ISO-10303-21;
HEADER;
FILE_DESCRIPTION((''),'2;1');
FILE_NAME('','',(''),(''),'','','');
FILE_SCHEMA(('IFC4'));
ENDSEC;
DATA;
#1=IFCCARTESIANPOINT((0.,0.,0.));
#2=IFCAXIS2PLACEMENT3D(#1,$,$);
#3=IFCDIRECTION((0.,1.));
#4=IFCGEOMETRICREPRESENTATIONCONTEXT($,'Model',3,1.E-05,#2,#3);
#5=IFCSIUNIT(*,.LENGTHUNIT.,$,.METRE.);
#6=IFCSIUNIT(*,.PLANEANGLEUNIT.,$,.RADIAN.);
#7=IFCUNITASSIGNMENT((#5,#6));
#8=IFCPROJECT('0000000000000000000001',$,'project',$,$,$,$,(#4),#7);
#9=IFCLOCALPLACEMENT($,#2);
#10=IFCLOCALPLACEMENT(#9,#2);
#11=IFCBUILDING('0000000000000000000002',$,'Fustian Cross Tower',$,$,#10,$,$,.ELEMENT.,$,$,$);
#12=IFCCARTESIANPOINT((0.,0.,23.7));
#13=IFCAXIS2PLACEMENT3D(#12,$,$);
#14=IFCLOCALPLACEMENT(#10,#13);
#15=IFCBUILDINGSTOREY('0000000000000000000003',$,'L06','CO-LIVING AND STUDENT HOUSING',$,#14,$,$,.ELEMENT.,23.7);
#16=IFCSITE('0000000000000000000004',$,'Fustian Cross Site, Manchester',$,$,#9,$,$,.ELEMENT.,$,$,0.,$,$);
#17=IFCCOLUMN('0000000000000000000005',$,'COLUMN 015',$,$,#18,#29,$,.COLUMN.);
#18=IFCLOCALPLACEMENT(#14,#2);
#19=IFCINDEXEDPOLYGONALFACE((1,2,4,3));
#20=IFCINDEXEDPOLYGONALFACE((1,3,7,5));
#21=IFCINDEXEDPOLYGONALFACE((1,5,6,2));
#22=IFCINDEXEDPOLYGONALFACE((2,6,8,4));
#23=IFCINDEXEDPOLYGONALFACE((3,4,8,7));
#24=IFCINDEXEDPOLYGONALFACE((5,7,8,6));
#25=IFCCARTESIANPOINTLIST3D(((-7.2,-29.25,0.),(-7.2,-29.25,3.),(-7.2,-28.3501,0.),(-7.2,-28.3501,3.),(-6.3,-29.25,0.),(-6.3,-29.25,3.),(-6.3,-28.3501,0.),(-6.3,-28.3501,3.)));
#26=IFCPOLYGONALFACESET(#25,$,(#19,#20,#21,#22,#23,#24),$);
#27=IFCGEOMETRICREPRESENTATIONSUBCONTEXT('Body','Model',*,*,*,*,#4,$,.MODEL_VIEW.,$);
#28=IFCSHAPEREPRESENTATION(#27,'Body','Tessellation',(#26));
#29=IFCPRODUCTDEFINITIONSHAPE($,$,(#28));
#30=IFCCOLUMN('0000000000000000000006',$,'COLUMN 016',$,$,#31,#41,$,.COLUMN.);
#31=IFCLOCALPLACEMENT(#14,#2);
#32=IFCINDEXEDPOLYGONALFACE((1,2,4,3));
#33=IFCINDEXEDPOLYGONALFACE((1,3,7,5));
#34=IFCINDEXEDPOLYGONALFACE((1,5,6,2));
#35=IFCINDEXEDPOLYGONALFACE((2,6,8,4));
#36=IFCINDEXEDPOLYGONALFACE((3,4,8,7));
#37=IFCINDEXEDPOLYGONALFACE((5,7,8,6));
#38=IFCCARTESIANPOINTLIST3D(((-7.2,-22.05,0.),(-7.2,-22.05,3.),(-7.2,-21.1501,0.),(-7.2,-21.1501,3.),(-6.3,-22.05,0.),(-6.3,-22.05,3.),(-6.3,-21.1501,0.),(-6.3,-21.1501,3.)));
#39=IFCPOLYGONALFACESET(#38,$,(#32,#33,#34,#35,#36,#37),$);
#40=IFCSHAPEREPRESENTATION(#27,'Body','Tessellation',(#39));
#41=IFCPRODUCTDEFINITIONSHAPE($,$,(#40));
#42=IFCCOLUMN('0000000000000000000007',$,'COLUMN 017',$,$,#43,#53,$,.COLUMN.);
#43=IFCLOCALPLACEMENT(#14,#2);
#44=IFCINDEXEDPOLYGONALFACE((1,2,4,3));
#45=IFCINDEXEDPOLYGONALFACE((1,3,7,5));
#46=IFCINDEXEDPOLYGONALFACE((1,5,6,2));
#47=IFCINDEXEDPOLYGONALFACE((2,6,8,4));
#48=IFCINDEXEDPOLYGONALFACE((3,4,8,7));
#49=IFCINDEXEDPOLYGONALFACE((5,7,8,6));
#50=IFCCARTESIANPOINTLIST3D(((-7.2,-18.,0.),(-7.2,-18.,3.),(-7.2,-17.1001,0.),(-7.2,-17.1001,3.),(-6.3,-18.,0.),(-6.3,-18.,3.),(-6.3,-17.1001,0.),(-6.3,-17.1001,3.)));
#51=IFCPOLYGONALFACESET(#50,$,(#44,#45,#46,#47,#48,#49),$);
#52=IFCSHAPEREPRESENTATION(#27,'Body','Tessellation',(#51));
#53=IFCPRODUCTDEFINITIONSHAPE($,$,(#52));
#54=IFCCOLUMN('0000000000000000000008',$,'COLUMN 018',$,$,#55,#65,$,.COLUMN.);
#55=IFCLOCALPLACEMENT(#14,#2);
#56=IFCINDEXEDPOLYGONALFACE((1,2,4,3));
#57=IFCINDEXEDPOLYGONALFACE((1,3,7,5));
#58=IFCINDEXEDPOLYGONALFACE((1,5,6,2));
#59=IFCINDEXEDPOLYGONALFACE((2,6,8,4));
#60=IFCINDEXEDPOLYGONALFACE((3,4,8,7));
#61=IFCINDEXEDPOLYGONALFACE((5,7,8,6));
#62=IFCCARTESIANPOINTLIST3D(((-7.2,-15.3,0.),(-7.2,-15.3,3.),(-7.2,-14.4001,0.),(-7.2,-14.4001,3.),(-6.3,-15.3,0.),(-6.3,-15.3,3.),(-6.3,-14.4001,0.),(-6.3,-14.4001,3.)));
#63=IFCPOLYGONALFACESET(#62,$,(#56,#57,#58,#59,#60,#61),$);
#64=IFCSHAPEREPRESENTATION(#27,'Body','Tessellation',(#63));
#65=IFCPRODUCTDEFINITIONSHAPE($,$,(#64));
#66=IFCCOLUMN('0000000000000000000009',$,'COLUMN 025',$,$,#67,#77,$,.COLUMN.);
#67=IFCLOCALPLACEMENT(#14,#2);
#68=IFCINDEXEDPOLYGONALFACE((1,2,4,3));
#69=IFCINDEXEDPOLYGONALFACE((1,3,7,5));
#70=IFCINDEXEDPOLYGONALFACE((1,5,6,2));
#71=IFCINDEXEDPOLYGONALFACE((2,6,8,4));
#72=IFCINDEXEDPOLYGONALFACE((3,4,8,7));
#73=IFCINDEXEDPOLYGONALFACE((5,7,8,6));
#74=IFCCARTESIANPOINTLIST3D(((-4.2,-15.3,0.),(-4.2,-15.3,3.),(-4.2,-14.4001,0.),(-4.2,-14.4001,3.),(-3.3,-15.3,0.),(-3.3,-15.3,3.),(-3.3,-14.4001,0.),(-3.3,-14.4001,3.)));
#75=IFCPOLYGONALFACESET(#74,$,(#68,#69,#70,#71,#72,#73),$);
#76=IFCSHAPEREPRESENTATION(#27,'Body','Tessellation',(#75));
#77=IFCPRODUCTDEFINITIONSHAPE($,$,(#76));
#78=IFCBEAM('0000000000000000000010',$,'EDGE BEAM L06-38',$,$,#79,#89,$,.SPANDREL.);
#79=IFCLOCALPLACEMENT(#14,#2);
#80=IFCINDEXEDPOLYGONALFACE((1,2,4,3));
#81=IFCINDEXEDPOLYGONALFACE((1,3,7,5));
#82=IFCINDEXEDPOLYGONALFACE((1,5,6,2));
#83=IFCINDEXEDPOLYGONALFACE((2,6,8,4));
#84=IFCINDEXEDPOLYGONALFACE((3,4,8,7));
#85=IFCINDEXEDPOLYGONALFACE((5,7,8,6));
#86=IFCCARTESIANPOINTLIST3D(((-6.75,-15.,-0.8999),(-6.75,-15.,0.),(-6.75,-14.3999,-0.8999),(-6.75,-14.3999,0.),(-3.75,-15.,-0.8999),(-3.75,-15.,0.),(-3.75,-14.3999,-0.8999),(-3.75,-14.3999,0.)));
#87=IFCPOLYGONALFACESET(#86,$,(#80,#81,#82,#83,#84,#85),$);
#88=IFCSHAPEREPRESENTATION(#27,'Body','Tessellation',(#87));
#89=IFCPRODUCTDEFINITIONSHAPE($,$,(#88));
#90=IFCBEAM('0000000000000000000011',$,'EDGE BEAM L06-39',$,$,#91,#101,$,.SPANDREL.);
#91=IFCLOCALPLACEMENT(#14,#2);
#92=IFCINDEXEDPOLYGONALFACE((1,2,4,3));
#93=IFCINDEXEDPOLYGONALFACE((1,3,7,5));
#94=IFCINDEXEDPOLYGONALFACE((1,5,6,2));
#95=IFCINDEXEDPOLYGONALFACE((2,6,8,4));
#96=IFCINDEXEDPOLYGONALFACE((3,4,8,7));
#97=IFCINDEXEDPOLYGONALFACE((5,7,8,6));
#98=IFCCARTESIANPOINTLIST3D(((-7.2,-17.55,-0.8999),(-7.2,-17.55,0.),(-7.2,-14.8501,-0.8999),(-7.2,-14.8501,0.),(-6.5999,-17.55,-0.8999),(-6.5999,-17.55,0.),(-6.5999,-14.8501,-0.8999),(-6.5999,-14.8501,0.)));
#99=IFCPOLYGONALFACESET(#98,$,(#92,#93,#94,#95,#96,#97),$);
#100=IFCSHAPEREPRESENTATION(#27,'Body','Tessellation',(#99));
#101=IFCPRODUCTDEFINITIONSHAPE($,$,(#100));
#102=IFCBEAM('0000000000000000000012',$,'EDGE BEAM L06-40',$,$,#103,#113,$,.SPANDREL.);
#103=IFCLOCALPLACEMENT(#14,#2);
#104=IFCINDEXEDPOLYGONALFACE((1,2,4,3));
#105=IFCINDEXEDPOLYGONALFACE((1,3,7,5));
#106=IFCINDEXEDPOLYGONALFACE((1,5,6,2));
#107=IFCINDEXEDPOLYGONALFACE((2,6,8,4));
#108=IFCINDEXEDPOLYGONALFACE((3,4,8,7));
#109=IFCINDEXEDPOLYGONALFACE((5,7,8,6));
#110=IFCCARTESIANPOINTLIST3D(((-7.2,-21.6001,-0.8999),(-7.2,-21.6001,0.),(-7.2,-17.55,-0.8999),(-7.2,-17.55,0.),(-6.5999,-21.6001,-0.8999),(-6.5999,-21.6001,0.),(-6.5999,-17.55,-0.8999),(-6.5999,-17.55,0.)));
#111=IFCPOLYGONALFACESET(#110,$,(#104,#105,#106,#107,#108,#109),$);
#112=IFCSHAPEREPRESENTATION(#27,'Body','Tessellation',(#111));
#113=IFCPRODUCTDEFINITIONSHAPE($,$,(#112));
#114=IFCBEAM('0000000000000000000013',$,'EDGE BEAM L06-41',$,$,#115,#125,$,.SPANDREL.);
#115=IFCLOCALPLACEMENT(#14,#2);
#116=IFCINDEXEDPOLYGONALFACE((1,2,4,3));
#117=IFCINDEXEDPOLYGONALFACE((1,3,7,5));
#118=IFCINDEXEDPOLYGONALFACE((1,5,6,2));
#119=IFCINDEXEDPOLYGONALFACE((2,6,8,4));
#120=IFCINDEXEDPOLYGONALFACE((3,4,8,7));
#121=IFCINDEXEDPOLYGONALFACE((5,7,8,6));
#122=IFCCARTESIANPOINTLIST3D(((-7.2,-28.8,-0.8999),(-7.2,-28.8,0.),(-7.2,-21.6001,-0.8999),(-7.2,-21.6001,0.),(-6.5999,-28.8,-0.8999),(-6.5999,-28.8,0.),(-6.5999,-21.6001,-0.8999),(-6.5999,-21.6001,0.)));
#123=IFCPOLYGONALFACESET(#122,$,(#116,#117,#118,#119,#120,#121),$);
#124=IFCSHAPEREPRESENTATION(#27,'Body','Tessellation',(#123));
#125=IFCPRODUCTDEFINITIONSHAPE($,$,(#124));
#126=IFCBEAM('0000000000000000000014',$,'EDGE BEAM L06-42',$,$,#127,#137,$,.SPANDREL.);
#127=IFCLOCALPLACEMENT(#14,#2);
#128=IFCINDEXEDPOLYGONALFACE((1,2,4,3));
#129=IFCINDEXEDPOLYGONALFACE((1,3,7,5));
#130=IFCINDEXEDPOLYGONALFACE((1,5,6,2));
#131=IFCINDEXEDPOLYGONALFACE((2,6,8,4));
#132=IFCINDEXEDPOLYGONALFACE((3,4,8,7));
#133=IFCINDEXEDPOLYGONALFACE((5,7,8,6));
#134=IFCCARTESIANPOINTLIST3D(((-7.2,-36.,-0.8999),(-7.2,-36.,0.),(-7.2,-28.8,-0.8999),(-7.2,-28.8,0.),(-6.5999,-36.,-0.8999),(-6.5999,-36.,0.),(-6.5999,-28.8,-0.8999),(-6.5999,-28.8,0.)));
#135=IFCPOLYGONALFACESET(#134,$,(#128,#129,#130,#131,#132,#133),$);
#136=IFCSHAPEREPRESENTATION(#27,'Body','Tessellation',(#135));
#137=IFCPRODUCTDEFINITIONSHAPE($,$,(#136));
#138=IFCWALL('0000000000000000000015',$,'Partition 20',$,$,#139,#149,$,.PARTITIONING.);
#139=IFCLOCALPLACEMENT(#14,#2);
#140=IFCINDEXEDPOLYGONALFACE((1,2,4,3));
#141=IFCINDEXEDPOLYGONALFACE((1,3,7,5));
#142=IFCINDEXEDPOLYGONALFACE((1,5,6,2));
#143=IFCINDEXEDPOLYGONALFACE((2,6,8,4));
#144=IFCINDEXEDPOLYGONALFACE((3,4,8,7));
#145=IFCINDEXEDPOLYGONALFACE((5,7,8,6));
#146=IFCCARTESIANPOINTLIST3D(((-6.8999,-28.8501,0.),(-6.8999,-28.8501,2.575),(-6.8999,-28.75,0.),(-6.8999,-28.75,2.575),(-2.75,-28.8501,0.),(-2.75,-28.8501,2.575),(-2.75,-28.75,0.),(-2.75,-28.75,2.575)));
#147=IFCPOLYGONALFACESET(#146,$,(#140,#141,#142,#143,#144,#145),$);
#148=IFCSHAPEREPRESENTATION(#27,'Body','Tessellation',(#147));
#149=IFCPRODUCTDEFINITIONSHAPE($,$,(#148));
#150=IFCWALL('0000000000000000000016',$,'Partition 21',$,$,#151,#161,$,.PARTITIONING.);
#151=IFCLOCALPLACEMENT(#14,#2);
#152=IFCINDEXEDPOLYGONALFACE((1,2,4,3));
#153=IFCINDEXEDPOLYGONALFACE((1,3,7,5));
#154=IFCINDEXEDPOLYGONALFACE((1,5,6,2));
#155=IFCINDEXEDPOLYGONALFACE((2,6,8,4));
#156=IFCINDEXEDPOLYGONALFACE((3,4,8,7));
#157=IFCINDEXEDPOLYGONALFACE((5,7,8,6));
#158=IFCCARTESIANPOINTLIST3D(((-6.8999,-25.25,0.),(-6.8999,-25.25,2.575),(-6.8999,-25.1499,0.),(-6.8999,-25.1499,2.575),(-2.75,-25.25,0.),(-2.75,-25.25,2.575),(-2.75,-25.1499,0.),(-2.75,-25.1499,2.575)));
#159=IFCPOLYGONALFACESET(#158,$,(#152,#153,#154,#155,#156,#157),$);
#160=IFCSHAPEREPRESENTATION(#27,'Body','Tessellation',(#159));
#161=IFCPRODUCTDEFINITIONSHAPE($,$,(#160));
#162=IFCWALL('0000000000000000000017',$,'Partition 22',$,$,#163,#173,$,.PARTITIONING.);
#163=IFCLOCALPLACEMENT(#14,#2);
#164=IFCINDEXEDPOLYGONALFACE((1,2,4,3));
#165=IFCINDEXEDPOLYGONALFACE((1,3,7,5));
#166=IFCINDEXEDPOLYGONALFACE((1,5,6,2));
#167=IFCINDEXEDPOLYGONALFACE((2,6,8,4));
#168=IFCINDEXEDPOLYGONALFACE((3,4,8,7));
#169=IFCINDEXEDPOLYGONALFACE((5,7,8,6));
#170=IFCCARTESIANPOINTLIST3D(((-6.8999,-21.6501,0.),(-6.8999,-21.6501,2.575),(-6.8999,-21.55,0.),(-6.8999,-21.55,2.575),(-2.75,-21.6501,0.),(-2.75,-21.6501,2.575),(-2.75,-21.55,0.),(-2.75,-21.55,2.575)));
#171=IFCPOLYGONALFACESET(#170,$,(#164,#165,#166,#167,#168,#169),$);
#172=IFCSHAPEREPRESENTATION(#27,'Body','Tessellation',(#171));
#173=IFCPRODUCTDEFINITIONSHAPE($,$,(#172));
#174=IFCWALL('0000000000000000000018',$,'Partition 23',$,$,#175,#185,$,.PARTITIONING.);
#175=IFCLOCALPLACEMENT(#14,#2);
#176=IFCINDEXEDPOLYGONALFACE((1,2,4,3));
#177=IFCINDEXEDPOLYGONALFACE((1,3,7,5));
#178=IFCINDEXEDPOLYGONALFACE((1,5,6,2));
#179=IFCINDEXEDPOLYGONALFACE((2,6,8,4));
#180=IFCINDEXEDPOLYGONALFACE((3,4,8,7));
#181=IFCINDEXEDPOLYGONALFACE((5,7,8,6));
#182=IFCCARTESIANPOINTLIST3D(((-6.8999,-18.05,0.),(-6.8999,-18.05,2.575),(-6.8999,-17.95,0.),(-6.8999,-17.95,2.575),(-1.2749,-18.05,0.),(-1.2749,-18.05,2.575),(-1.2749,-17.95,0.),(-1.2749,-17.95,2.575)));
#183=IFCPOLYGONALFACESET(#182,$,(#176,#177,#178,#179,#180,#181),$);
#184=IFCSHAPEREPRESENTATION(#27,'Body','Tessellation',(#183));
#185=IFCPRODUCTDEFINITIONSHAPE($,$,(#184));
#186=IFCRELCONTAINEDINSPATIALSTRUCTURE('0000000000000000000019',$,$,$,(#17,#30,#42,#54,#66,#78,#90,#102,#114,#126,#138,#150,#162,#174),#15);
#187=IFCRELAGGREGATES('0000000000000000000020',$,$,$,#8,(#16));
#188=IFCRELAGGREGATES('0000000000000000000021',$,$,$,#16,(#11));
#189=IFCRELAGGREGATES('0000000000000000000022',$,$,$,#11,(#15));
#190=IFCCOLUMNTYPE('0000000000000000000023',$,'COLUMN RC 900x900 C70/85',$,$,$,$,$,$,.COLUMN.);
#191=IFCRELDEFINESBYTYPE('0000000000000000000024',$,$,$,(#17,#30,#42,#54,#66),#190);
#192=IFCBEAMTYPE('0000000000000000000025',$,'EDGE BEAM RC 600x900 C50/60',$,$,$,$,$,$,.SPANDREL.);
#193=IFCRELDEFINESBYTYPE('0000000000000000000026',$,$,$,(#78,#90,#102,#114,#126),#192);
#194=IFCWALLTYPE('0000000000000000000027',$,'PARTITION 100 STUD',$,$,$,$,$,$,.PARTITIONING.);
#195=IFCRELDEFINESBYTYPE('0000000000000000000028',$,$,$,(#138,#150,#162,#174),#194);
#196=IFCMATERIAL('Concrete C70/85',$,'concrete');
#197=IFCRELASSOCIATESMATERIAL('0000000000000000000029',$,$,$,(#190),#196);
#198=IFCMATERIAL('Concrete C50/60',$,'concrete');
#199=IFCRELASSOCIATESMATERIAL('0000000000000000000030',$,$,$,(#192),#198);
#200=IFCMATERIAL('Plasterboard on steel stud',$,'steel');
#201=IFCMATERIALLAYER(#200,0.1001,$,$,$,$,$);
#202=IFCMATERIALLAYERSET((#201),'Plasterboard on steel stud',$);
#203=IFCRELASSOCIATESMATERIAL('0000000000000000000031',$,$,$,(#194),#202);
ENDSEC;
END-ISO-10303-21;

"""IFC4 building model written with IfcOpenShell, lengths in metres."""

from ifc_helpers import new_model, si_unit, direction, frame, frame_2d, origin, origin_2d, place, context, subcontext, project, spatial, rectangle, extrude, material, layer, layer_set, material_profile, profile_set, type_object, element, save


model = new_model("IFC4")

# Units and contexts
model_context = context("Model", 3, precision=1e-05, world=origin(), true_north=direction((0.0, 1.0)))
body_context = subcontext(model_context, "Body", "Model", "MODEL_VIEW")
ifc_project = project(units=[si_unit("LENGTHUNIT", "METRE"), si_unit("PLANEANGLEUNIT", "RADIAN")], contexts=[model_context])

# Site, building, storey
site_placement = place(None, origin())
site = spatial("IfcSite", under=ifc_project, at=site_placement, Name="Fustian Cross Site, Manchester", CompositionType="ELEMENT", RefElevation=0.0)
building_placement = place(site_placement, origin())
building = spatial("IfcBuilding", under=site, at=building_placement, Name="Fustian Cross Tower", CompositionType="ELEMENT")
storey_placement = place(building_placement, frame((0.0, 0.0, 23.7)))
storey = spatial("IfcBuildingStorey", under=building, at=storey_placement, Name="L06", Description="CO-LIVING AND STUDENT HOUSING", CompositionType="ELEMENT", Elevation=23.7)

# Columns
ifc_material_1 = material(Name="Concrete C70/85", Category="concrete")
ifc_material_profile_1 = material_profile(ifc_material_1, rectangle(XDim=0.8999, YDim=0.8999, at=origin_2d()), Name="RC 900x900")
ifc_profile_set_1 = profile_set([ifc_material_profile_1], Name="Concrete C70/85")
column_type = type_object("IfcColumnType", Name="COLUMN RC 900x900 C70/85", PredefinedType="COLUMN", material=ifc_profile_set_1)
for number, where, z_axis, x_axis, name in (
    (1, (-6.75, -28.8, 0.0), (0.0, 0.0, 1.0), (1.0, 0.0, 0.0), "COLUMN 015"),
    (2, (-6.75, -21.6001, 0.0), (0.0, 0.0, 1.0), (1.0, 0.0, 0.0), "COLUMN 016"),
    (3, (-6.75, -17.55, 0.0), (0.0, 0.0, 1.0), (1.0, 0.0, 0.0), "COLUMN 017"),
    (4, (-6.75, -14.8501, 0.0), (0.0, 0.0, 1.0), (1.0, 0.0, 0.0), "COLUMN 018"),
    (5, (-3.75, -14.8501, 0.0), (0.0, 0.0, 1.0), (1.0, 0.0, 0.0), "COLUMN 025"),
):
    element("IfcColumn", number, at=place(storey_placement, frame(where, z_axis=z_axis, x_axis=x_axis)), inside=storey, type_object=column_type, Name=name, PredefinedType="COLUMN", context=body_context, shape_type="SweptSolid", body=[
        extrude(rectangle(XDim=0.8999, YDim=0.8999, at=origin_2d()), origin(), (0.0, 0.0, 1.0), 3.0),
    ])

# Beams
ifc_material_2 = material(Name="Concrete C50/60", Category="concrete")
ifc_material_profile_2 = material_profile(ifc_material_2, rectangle(XDim=0.6001, YDim=0.8999, at=origin_2d()), Name="RC 600x900")
ifc_profile_set_2 = profile_set([ifc_material_profile_2], Name="Concrete C50/60")
beam_type = type_object("IfcBeamType", Name="EDGE BEAM RC 600x900 C50/60", PredefinedType="SPANDREL", material=ifc_profile_set_2)
beam_1_placement = place(storey_placement, frame((-3.75, -14.7, -0.45), z_axis=(-1.0, 0.0, 0.0), x_axis=(0.0, -1.0, 0.0)))
element("IfcBeam", 6, at=beam_1_placement, inside=storey, type_object=beam_type, Name="EDGE BEAM L06-38", PredefinedType="SPANDREL", context=body_context, shape_type="SweptSolid", body=[
    extrude(rectangle(XDim=0.6001, YDim=0.8999, at=origin_2d()), origin(), (0.0, 0.0, 1.0), 3.0),
])
beam_2_placement = place(storey_placement, frame((-6.8999, -14.8501, -0.45), z_axis=(0.0, -1.0, 0.0), x_axis=(1.0, 0.0, 0.0)))
element("IfcBeam", 7, at=beam_2_placement, inside=storey, type_object=beam_type, Name="EDGE BEAM L06-39", PredefinedType="SPANDREL", context=body_context, shape_type="SweptSolid", body=[
    extrude(rectangle(XDim=0.6001, YDim=0.8999, at=origin_2d()), origin(), (0.0, 0.0, 1.0), 2.7),
])
beam_3_placement = place(storey_placement, frame((-6.8999, -17.55, -0.45), z_axis=(0.0, -1.0, 0.0), x_axis=(1.0, 0.0, 0.0)))
element("IfcBeam", 8, at=beam_3_placement, inside=storey, type_object=beam_type, Name="EDGE BEAM L06-40", PredefinedType="SPANDREL", context=body_context, shape_type="SweptSolid", body=[
    extrude(rectangle(XDim=0.6001, YDim=0.8999, at=origin_2d()), origin(), (0.0, 0.0, 1.0), 4.05),
])
for number, where, z_axis, x_axis, name in (
    (9, (-6.8999, -21.6001, -0.45), (0.0, -1.0, 0.0), (1.0, 0.0, 0.0), "EDGE BEAM L06-41"),
    (10, (-6.8999, -28.8, -0.45), (0.0, -1.0, 0.0), (1.0, 0.0, 0.0), "EDGE BEAM L06-42"),
):
    element("IfcBeam", number, at=place(storey_placement, frame(where, z_axis=z_axis, x_axis=x_axis)), inside=storey, type_object=beam_type, Name=name, PredefinedType="SPANDREL", context=body_context, shape_type="SweptSolid", body=[
        extrude(rectangle(XDim=0.6001, YDim=0.8999, at=origin_2d()), origin(), (0.0, 0.0, 1.0), 7.2),
    ])

# Walls
ifc_material_3 = material(Name="Plasterboard on steel stud", Category="steel")
ifc_layer_1 = layer(ifc_material_3, 0.1001)
ifc_layer_set_1 = layer_set([ifc_layer_1], Name="Plasterboard on steel stud")
wall_type_1 = type_object("IfcWallType", Name="PARTITION 100 STUD", PredefinedType="PARTITIONING", material=ifc_layer_set_1)
for number, where, z_axis, x_axis, name in (
    (11, (-6.8999, -28.8, 0.0), (0.0, 0.0, 1.0), (1.0, 0.0, 0.0), "Partition 20"),
    (12, (-6.8999, -25.2, 0.0), (0.0, 0.0, 1.0), (1.0, 0.0, 0.0), "Partition 21"),
    (13, (-6.8999, -21.6001, 0.0), (0.0, 0.0, 1.0), (1.0, 0.0, 0.0), "Partition 22"),
):
    element("IfcWall", number, at=place(storey_placement, frame(where, z_axis=z_axis, x_axis=x_axis)), inside=storey, type_object=wall_type_1, Name=name, PredefinedType="PARTITIONING", context=body_context, shape_type="SweptSolid", body=[
        extrude(rectangle(XDim=4.1499, YDim=0.1001, at=frame_2d((2.075, 0.0))), origin(), (0.0, 0.0, 1.0), 2.575),
    ])
wall_1_placement = place(storey_placement, frame((-6.8999, -18.0, 0.0), z_axis=(0.0, 0.0, 1.0), x_axis=(1.0, 0.0, 0.0)))
element("IfcWall", 14, at=wall_1_placement, inside=storey, type_object=wall_type_1, Name="Partition 23", PredefinedType="PARTITIONING", context=body_context, shape_type="SweptSolid", body=[
    extrude(rectangle(XDim=5.625, YDim=0.1001, at=frame_2d((2.8125, 0.0))), origin(), (0.0, 0.0, 1.0), 2.575),
])

save(model, "model.ifc")
